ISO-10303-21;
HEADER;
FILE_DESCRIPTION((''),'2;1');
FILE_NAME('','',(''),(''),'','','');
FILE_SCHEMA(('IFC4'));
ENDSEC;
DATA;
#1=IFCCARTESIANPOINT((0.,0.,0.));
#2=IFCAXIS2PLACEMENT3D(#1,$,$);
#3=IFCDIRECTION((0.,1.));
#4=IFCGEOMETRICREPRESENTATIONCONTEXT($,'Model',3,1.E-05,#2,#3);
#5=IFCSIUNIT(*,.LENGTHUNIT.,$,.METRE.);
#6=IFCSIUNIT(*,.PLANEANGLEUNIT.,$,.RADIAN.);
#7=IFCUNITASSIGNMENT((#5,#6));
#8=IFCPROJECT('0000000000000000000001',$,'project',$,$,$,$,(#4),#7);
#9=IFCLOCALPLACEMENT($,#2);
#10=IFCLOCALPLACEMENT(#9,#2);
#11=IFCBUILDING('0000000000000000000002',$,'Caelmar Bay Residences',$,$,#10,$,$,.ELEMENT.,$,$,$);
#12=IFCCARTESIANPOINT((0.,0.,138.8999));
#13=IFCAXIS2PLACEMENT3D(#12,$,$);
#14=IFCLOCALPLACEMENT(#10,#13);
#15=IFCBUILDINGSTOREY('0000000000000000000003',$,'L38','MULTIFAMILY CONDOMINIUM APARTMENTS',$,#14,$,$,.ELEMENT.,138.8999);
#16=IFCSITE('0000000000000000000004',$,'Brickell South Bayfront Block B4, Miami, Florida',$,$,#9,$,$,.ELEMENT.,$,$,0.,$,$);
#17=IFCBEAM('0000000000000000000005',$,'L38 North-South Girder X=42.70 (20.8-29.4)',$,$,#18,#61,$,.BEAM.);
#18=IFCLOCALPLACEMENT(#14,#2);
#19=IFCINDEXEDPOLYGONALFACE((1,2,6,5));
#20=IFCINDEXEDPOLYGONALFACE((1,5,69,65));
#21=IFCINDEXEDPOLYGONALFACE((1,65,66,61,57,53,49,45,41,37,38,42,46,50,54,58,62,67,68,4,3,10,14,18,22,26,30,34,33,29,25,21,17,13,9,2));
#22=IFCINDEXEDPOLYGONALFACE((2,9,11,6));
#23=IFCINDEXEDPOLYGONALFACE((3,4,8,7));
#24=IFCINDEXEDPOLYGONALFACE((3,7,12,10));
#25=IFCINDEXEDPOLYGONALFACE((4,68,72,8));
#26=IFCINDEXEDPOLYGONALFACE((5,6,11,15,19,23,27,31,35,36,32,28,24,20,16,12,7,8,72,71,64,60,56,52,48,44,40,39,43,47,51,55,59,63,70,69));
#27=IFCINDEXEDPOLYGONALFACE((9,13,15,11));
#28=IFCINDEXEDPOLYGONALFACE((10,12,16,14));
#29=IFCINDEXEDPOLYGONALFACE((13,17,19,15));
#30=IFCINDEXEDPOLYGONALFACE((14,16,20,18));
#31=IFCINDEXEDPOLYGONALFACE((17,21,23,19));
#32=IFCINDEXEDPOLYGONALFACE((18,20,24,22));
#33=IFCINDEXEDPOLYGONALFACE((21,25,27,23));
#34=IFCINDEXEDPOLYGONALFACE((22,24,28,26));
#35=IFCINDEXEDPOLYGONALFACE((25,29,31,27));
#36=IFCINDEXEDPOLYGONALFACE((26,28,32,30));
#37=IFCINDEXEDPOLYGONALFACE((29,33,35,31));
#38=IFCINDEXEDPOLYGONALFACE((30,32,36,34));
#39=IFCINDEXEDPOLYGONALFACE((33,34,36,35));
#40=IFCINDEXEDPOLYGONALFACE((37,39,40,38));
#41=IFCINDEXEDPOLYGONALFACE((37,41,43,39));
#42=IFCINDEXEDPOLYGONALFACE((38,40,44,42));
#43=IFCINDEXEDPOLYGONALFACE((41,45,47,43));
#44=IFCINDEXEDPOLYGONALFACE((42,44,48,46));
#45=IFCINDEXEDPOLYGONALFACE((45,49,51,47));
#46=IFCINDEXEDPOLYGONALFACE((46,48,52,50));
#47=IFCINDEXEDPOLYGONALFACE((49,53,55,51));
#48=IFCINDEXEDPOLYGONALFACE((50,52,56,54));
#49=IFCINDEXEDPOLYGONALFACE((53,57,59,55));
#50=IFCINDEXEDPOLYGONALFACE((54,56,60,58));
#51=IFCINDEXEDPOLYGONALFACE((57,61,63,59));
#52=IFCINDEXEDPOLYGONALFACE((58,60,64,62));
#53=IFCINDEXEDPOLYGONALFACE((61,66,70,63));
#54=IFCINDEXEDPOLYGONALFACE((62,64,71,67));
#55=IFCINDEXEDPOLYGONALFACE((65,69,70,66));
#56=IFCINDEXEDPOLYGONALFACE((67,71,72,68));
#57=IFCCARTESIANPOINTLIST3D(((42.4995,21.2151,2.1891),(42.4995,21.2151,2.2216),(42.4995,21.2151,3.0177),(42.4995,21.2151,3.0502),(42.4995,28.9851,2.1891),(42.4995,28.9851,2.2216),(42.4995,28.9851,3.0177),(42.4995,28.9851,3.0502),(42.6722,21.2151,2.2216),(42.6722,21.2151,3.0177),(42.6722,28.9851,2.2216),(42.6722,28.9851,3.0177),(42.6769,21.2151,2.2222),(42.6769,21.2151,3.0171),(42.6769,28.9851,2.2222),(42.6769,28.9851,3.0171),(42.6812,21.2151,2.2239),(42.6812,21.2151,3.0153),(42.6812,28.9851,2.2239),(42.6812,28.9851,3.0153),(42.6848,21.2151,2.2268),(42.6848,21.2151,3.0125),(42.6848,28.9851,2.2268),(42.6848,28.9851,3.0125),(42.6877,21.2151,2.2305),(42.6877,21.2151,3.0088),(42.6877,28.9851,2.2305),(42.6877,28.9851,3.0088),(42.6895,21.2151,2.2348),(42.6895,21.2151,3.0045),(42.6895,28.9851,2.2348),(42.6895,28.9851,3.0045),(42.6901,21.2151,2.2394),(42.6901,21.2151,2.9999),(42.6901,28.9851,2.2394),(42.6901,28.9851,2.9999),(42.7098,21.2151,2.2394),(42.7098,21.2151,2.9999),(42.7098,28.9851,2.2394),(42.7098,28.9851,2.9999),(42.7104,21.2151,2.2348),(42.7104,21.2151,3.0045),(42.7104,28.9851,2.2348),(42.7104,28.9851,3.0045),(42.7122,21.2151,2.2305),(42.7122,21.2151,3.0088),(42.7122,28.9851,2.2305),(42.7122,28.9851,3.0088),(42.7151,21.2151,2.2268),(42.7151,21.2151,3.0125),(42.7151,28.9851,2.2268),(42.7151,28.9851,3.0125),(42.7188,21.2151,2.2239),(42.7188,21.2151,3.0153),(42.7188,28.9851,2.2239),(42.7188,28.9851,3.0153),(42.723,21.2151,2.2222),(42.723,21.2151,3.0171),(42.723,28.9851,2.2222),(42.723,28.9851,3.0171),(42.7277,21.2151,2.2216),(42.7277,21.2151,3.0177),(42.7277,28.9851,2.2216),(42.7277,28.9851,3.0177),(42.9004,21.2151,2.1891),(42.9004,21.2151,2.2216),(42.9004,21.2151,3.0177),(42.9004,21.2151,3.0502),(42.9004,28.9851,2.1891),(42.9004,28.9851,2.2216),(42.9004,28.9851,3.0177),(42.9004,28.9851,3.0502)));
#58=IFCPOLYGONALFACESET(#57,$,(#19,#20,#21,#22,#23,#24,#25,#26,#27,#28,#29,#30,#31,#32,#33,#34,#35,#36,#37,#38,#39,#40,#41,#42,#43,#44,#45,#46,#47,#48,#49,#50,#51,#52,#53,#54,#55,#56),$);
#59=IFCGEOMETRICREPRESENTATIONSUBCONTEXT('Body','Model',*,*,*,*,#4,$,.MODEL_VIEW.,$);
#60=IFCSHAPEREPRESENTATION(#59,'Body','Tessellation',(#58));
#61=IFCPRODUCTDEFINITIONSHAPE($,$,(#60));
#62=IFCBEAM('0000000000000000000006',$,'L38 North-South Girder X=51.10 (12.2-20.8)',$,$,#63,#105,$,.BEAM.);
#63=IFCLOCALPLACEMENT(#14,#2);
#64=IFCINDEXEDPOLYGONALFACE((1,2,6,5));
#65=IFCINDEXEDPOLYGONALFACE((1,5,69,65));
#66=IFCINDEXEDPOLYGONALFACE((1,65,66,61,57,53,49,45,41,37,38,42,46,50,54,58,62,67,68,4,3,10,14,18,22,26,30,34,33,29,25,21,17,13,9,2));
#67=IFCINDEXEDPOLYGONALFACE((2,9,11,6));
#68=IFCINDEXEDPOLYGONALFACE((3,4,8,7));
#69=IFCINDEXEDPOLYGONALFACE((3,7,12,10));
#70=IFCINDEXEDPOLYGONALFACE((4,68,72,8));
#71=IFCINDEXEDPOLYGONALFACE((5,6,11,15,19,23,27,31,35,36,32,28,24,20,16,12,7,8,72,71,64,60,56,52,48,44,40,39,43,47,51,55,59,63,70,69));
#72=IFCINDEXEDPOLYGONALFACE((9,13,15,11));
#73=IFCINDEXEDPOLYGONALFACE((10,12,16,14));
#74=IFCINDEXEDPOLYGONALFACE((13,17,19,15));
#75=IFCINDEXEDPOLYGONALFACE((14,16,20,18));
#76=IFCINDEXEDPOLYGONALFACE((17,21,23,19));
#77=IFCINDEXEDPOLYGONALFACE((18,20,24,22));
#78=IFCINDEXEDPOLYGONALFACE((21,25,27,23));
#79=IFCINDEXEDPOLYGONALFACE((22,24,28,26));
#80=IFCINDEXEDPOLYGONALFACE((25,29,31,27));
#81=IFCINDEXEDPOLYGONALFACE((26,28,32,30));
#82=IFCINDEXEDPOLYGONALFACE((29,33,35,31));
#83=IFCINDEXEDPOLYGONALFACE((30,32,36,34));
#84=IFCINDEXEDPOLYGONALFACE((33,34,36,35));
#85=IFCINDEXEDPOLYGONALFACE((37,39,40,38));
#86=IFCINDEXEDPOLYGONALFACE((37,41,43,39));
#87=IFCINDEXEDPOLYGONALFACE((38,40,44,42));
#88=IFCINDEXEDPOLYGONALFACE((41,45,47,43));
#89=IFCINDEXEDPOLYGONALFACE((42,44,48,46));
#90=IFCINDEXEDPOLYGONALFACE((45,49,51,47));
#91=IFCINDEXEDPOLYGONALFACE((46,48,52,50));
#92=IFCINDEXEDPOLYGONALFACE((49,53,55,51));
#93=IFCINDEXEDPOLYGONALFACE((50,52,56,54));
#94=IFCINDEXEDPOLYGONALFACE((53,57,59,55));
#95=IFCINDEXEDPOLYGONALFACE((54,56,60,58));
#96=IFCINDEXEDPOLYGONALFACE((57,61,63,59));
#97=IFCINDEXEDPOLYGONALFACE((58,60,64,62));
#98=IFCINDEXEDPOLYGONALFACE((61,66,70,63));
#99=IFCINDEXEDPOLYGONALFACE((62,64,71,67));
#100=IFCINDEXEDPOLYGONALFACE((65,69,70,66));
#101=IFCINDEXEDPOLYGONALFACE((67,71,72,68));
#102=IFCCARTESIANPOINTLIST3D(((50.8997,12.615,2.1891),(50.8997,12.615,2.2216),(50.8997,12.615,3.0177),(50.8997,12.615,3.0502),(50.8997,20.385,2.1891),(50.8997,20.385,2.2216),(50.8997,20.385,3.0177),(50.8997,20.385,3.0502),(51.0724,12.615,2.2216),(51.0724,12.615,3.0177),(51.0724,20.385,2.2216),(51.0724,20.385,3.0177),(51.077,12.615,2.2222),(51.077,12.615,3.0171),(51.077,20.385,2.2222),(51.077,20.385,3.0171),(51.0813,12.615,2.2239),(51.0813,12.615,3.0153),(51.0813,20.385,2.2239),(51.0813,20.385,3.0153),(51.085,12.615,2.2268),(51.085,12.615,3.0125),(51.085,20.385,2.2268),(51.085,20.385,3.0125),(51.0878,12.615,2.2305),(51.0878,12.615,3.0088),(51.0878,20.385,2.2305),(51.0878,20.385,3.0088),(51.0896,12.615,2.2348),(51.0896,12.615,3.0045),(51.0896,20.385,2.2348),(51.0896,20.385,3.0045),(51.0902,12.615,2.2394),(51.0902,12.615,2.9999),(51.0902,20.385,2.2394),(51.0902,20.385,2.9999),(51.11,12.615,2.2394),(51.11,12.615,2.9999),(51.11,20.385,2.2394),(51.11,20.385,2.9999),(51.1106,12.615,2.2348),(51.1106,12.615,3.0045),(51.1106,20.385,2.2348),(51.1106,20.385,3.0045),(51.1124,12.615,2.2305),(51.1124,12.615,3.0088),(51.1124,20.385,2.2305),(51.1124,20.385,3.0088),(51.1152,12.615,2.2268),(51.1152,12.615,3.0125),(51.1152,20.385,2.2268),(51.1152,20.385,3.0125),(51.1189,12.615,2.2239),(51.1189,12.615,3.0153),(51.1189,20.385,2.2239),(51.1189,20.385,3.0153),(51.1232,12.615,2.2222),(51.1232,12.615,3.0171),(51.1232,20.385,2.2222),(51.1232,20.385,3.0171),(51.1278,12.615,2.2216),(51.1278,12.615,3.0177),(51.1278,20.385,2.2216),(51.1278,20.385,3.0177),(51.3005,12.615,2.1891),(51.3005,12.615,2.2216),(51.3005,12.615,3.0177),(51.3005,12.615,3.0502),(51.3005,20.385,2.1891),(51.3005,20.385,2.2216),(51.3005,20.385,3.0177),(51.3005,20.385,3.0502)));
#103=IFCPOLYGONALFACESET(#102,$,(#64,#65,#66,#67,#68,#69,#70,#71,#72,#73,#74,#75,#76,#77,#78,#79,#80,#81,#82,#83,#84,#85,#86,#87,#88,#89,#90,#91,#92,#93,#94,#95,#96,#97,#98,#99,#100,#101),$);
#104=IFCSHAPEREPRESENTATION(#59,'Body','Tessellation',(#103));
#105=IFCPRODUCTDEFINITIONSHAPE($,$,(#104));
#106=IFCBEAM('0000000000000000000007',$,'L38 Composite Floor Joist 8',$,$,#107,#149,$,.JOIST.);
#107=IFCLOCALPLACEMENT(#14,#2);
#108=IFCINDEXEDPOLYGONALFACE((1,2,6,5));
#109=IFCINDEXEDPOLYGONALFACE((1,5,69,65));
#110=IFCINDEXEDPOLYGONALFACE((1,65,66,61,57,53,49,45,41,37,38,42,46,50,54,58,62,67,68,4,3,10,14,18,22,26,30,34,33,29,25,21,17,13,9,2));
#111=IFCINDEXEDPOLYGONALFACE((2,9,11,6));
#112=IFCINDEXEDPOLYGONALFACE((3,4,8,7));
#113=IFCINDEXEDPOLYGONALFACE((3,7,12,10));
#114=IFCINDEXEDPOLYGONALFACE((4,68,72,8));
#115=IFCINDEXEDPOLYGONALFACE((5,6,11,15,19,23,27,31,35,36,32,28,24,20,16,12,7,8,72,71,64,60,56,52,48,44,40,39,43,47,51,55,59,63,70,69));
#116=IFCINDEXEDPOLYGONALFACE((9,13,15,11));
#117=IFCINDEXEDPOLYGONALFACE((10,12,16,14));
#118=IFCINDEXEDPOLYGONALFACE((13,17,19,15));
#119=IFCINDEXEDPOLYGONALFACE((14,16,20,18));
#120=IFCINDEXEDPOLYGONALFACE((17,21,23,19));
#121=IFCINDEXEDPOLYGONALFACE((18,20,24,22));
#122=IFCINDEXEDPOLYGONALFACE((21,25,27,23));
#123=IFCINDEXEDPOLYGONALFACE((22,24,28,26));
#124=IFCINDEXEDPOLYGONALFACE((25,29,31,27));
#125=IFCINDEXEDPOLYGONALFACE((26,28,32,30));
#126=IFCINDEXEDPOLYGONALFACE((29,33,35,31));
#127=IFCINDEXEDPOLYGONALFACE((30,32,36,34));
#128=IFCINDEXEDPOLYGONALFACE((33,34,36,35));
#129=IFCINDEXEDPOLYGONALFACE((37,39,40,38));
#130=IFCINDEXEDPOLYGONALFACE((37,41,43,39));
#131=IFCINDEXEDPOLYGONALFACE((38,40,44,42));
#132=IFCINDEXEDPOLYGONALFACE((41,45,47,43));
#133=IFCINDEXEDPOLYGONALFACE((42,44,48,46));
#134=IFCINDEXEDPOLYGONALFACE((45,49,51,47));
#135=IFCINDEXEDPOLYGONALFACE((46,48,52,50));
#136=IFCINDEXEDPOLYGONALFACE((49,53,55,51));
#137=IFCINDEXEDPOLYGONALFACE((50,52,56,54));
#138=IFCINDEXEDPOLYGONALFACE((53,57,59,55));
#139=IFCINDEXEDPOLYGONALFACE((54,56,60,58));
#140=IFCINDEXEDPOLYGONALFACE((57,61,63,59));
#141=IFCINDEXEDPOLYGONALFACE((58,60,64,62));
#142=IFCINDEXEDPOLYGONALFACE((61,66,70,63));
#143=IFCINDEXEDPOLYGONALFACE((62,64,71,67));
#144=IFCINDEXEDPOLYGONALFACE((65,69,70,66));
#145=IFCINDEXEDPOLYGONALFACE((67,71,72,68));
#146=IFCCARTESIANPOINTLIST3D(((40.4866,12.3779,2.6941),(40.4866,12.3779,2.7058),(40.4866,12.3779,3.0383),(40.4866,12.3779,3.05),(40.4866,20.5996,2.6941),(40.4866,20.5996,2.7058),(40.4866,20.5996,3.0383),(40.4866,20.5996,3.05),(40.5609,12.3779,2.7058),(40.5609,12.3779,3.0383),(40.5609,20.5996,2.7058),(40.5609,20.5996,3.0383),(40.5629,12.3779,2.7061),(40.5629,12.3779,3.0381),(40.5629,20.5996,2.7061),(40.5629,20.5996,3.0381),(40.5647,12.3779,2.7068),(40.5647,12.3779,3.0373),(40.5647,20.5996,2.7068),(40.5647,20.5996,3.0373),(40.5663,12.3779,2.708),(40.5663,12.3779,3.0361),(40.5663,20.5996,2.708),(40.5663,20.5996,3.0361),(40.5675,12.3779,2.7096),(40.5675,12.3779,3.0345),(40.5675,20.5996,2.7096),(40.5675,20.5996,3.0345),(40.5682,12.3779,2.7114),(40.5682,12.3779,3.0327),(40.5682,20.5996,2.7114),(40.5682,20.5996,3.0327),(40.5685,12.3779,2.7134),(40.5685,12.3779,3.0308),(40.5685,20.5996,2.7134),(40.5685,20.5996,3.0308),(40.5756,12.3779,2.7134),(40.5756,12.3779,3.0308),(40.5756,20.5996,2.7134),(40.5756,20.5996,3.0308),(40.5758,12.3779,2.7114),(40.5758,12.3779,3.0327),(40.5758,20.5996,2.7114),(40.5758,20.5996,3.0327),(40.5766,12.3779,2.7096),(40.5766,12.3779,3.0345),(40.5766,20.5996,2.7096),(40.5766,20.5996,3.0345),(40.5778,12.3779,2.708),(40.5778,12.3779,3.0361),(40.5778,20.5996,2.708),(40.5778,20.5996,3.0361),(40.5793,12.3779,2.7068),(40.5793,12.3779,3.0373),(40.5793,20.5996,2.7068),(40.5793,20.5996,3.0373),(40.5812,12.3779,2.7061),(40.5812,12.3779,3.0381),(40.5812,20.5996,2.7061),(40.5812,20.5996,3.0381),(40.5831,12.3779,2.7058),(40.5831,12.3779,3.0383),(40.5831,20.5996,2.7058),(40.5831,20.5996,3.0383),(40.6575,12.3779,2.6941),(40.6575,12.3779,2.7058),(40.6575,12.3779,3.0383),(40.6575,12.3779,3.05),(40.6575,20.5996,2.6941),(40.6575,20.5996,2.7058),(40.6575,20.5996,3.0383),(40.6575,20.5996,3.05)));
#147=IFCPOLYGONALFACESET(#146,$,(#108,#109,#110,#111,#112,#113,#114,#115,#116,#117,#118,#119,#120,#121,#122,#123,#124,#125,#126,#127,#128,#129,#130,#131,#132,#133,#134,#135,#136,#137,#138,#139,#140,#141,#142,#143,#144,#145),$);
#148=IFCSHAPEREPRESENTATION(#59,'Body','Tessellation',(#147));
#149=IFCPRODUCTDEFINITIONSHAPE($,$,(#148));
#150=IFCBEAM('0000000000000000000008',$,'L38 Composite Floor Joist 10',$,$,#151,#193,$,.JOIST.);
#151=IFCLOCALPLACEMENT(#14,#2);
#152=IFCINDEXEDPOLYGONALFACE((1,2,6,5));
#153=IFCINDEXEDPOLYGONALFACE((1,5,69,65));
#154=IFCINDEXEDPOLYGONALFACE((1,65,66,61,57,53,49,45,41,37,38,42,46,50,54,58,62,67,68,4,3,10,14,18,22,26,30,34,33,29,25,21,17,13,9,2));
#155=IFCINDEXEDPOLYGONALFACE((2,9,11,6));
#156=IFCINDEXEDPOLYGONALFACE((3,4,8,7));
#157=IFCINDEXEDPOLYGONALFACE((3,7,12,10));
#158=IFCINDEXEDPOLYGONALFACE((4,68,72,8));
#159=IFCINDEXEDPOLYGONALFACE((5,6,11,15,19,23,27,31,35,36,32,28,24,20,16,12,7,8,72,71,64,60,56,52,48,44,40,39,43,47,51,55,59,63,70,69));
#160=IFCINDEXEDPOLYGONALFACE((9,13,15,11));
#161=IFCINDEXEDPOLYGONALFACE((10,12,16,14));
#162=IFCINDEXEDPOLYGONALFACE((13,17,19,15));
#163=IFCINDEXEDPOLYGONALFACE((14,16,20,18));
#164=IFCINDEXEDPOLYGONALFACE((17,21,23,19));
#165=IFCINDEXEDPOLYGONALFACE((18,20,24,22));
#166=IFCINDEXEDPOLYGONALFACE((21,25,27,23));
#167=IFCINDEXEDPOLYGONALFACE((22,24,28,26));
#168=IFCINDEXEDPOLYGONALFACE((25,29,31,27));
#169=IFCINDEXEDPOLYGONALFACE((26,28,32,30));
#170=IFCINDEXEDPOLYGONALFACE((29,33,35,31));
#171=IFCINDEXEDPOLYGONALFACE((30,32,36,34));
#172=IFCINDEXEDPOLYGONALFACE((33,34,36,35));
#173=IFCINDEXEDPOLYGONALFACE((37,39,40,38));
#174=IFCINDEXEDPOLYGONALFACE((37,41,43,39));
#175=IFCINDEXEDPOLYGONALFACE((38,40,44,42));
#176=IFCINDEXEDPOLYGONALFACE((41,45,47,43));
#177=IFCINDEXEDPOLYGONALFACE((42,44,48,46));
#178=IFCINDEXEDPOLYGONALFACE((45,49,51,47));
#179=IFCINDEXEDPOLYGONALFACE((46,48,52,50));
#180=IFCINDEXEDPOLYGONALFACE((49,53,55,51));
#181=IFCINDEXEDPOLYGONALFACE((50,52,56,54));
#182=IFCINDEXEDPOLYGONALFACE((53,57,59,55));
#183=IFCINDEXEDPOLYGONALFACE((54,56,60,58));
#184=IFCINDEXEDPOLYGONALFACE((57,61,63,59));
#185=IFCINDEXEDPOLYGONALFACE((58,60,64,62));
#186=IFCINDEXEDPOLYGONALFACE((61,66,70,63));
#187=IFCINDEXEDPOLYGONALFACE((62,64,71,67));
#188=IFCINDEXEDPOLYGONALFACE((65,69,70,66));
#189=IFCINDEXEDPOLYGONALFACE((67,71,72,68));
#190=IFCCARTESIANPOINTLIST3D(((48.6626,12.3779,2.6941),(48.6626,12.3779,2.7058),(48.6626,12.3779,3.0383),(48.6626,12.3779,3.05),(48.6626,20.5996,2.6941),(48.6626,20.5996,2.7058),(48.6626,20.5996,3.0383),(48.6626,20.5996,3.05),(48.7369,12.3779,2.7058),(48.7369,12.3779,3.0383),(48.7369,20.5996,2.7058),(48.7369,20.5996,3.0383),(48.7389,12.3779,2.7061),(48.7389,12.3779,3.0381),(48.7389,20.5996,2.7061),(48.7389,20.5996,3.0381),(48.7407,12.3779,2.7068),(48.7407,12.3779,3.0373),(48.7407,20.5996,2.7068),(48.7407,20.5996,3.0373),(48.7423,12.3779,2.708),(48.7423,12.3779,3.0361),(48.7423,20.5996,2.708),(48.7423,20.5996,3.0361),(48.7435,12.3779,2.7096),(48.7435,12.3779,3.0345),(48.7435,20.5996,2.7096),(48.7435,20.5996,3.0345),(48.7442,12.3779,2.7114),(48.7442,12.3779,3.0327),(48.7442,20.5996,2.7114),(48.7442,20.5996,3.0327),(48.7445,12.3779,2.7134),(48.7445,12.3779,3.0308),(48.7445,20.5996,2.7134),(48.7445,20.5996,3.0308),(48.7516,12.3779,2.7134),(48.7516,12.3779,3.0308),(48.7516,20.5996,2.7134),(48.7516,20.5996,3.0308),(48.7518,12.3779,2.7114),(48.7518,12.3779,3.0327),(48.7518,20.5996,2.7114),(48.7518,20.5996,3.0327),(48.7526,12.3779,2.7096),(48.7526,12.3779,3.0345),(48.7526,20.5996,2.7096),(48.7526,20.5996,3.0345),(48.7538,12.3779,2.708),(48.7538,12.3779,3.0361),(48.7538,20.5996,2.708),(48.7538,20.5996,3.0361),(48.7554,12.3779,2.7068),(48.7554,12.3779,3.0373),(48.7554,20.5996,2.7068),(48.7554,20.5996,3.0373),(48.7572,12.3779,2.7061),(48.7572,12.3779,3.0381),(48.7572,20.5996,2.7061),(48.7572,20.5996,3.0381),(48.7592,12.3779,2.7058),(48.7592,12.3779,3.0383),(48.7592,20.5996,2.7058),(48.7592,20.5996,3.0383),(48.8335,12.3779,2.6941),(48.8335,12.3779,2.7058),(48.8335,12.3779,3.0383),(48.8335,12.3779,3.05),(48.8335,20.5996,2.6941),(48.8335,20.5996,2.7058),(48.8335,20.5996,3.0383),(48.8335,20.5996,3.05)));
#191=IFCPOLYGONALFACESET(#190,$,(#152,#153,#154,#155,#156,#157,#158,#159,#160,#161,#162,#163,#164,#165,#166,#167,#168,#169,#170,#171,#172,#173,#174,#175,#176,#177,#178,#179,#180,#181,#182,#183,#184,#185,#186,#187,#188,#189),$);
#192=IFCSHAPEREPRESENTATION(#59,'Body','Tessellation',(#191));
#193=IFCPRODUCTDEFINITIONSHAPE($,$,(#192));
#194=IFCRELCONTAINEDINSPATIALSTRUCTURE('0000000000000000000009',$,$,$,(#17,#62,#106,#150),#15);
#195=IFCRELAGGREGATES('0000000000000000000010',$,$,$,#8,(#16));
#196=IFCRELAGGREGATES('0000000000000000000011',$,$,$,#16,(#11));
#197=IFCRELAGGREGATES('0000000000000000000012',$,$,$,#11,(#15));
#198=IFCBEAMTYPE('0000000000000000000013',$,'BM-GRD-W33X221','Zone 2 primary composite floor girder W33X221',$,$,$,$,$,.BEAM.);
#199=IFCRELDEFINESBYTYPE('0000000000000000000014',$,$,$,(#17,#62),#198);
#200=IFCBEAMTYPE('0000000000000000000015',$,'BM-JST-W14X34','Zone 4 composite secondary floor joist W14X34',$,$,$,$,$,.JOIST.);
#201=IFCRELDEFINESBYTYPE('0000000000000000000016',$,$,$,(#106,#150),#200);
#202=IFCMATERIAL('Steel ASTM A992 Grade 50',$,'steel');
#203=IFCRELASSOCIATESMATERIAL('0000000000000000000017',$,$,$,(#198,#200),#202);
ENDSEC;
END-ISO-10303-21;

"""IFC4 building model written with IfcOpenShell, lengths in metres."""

from ifc_helpers import new_model, si_unit, direction, frame, origin, origin_2d, place, context, subcontext, project, spatial, i_section, extrude, material, material_profile, profile_set, type_object, element, save


model = new_model("IFC4")

# Units and contexts
model_context = context("Model", 3, precision=1e-05, world=origin(), true_north=direction((0.0, 1.0)))
body_context = subcontext(model_context, "Body", "Model", "MODEL_VIEW")
ifc_project = project(units=[si_unit("LENGTHUNIT", "METRE"), si_unit("PLANEANGLEUNIT", "RADIAN")], contexts=[model_context])

# Site, building, storey
site_placement = place(None, origin())
site = spatial("IfcSite", under=ifc_project, at=site_placement, Name="Brickell South Bayfront Block B4, Miami, Florida", CompositionType="ELEMENT", RefElevation=0.0)
building_placement = place(site_placement, origin())
building = spatial("IfcBuilding", under=site, at=building_placement, Name="Caelmar Bay Residences", CompositionType="ELEMENT")
storey_placement = place(building_placement, frame((0.0, 0.0, 138.8999)))
storey = spatial("IfcBuildingStorey", under=building, at=storey_placement, Name="L38", Description="MULTIFAMILY CONDOMINIUM APARTMENTS", CompositionType="ELEMENT", Elevation=138.8999)

# Beams
ifc_material_1 = material(Name="Steel ASTM A992 Grade 50", Category="steel")
ifc_material_profile_1 = material_profile(ifc_material_1, i_section(OverallWidth=0.4009, OverallDepth=0.8611, WebThickness=0.0198, FlangeThickness=0.0325, FilletRadius=0.0178, at=origin_2d()), Name="W33X221")
ifc_profile_set_1 = profile_set([ifc_material_profile_1], Name="Steel ASTM A992 Grade 50")
beam_type_1 = type_object("IfcBeamType", Name="BM-GRD-W33X221", Description="Zone 2 primary composite floor girder W33X221", PredefinedType="BEAM", material=ifc_profile_set_1)
for number, where, z_axis, x_axis, name in (
    (1, (42.7, 21.2151, 2.6196), (0.0, 1.0, 0.0), (-1.0, 0.0, 0.0), "L38 North-South Girder X=42.70 (20.8-29.4)"),
    (2, (51.1001, 12.615, 2.6196), (0.0, 1.0, 0.0), (-1.0, 0.0, 0.0), "L38 North-South Girder X=51.10 (12.2-20.8)"),
):
    element("IfcBeam", number, at=place(storey_placement, frame(where, z_axis=z_axis, x_axis=x_axis)), inside=storey, type_object=beam_type_1, Name=name, PredefinedType="BEAM", context=body_context, shape_type="SweptSolid", body=[
        extrude(i_section(OverallWidth=0.4009, OverallDepth=0.8611, WebThickness=0.0198, FlangeThickness=0.0325, FilletRadius=0.0178, at=origin_2d()), origin(), (0.0, 0.0, 1.0), 7.77),
    ])
ifc_material_profile_2 = material_profile(ifc_material_1, i_section(OverallWidth=0.1709, OverallDepth=0.356, WebThickness=0.0071, FlangeThickness=0.0117, FilletRadius=0.0076, at=origin_2d()), Name="W14X34")
ifc_profile_set_2 = profile_set([ifc_material_profile_2], Name="Steel ASTM A992 Grade 50")
beam_type_2 = type_object("IfcBeamType", Name="BM-JST-W14X34", Description="Zone 4 composite secondary floor joist W14X34", PredefinedType="JOIST", material=ifc_profile_set_2)
for number, where, z_axis, x_axis, name in (
    (3, (40.572, 12.3779, 2.8721), (0.0, 1.0, 0.0), (-1.0, 0.0, 0.0), "L38 Composite Floor Joist 8"),
    (4, (48.748, 12.3779, 2.8721), (0.0, 1.0, 0.0), (-1.0, 0.0, 0.0), "L38 Composite Floor Joist 10"),
):
    element("IfcBeam", number, at=place(storey_placement, frame(where, z_axis=z_axis, x_axis=x_axis)), inside=storey, type_object=beam_type_2, Name=name, PredefinedType="JOIST", context=body_context, shape_type="SweptSolid", body=[
        extrude(i_section(OverallWidth=0.1709, OverallDepth=0.356, WebThickness=0.0071, FlangeThickness=0.0117, FilletRadius=0.0076, at=origin_2d()), origin(), (0.0, 0.0, 1.0), 8.2217),
    ])

save(model, "model.ifc")
